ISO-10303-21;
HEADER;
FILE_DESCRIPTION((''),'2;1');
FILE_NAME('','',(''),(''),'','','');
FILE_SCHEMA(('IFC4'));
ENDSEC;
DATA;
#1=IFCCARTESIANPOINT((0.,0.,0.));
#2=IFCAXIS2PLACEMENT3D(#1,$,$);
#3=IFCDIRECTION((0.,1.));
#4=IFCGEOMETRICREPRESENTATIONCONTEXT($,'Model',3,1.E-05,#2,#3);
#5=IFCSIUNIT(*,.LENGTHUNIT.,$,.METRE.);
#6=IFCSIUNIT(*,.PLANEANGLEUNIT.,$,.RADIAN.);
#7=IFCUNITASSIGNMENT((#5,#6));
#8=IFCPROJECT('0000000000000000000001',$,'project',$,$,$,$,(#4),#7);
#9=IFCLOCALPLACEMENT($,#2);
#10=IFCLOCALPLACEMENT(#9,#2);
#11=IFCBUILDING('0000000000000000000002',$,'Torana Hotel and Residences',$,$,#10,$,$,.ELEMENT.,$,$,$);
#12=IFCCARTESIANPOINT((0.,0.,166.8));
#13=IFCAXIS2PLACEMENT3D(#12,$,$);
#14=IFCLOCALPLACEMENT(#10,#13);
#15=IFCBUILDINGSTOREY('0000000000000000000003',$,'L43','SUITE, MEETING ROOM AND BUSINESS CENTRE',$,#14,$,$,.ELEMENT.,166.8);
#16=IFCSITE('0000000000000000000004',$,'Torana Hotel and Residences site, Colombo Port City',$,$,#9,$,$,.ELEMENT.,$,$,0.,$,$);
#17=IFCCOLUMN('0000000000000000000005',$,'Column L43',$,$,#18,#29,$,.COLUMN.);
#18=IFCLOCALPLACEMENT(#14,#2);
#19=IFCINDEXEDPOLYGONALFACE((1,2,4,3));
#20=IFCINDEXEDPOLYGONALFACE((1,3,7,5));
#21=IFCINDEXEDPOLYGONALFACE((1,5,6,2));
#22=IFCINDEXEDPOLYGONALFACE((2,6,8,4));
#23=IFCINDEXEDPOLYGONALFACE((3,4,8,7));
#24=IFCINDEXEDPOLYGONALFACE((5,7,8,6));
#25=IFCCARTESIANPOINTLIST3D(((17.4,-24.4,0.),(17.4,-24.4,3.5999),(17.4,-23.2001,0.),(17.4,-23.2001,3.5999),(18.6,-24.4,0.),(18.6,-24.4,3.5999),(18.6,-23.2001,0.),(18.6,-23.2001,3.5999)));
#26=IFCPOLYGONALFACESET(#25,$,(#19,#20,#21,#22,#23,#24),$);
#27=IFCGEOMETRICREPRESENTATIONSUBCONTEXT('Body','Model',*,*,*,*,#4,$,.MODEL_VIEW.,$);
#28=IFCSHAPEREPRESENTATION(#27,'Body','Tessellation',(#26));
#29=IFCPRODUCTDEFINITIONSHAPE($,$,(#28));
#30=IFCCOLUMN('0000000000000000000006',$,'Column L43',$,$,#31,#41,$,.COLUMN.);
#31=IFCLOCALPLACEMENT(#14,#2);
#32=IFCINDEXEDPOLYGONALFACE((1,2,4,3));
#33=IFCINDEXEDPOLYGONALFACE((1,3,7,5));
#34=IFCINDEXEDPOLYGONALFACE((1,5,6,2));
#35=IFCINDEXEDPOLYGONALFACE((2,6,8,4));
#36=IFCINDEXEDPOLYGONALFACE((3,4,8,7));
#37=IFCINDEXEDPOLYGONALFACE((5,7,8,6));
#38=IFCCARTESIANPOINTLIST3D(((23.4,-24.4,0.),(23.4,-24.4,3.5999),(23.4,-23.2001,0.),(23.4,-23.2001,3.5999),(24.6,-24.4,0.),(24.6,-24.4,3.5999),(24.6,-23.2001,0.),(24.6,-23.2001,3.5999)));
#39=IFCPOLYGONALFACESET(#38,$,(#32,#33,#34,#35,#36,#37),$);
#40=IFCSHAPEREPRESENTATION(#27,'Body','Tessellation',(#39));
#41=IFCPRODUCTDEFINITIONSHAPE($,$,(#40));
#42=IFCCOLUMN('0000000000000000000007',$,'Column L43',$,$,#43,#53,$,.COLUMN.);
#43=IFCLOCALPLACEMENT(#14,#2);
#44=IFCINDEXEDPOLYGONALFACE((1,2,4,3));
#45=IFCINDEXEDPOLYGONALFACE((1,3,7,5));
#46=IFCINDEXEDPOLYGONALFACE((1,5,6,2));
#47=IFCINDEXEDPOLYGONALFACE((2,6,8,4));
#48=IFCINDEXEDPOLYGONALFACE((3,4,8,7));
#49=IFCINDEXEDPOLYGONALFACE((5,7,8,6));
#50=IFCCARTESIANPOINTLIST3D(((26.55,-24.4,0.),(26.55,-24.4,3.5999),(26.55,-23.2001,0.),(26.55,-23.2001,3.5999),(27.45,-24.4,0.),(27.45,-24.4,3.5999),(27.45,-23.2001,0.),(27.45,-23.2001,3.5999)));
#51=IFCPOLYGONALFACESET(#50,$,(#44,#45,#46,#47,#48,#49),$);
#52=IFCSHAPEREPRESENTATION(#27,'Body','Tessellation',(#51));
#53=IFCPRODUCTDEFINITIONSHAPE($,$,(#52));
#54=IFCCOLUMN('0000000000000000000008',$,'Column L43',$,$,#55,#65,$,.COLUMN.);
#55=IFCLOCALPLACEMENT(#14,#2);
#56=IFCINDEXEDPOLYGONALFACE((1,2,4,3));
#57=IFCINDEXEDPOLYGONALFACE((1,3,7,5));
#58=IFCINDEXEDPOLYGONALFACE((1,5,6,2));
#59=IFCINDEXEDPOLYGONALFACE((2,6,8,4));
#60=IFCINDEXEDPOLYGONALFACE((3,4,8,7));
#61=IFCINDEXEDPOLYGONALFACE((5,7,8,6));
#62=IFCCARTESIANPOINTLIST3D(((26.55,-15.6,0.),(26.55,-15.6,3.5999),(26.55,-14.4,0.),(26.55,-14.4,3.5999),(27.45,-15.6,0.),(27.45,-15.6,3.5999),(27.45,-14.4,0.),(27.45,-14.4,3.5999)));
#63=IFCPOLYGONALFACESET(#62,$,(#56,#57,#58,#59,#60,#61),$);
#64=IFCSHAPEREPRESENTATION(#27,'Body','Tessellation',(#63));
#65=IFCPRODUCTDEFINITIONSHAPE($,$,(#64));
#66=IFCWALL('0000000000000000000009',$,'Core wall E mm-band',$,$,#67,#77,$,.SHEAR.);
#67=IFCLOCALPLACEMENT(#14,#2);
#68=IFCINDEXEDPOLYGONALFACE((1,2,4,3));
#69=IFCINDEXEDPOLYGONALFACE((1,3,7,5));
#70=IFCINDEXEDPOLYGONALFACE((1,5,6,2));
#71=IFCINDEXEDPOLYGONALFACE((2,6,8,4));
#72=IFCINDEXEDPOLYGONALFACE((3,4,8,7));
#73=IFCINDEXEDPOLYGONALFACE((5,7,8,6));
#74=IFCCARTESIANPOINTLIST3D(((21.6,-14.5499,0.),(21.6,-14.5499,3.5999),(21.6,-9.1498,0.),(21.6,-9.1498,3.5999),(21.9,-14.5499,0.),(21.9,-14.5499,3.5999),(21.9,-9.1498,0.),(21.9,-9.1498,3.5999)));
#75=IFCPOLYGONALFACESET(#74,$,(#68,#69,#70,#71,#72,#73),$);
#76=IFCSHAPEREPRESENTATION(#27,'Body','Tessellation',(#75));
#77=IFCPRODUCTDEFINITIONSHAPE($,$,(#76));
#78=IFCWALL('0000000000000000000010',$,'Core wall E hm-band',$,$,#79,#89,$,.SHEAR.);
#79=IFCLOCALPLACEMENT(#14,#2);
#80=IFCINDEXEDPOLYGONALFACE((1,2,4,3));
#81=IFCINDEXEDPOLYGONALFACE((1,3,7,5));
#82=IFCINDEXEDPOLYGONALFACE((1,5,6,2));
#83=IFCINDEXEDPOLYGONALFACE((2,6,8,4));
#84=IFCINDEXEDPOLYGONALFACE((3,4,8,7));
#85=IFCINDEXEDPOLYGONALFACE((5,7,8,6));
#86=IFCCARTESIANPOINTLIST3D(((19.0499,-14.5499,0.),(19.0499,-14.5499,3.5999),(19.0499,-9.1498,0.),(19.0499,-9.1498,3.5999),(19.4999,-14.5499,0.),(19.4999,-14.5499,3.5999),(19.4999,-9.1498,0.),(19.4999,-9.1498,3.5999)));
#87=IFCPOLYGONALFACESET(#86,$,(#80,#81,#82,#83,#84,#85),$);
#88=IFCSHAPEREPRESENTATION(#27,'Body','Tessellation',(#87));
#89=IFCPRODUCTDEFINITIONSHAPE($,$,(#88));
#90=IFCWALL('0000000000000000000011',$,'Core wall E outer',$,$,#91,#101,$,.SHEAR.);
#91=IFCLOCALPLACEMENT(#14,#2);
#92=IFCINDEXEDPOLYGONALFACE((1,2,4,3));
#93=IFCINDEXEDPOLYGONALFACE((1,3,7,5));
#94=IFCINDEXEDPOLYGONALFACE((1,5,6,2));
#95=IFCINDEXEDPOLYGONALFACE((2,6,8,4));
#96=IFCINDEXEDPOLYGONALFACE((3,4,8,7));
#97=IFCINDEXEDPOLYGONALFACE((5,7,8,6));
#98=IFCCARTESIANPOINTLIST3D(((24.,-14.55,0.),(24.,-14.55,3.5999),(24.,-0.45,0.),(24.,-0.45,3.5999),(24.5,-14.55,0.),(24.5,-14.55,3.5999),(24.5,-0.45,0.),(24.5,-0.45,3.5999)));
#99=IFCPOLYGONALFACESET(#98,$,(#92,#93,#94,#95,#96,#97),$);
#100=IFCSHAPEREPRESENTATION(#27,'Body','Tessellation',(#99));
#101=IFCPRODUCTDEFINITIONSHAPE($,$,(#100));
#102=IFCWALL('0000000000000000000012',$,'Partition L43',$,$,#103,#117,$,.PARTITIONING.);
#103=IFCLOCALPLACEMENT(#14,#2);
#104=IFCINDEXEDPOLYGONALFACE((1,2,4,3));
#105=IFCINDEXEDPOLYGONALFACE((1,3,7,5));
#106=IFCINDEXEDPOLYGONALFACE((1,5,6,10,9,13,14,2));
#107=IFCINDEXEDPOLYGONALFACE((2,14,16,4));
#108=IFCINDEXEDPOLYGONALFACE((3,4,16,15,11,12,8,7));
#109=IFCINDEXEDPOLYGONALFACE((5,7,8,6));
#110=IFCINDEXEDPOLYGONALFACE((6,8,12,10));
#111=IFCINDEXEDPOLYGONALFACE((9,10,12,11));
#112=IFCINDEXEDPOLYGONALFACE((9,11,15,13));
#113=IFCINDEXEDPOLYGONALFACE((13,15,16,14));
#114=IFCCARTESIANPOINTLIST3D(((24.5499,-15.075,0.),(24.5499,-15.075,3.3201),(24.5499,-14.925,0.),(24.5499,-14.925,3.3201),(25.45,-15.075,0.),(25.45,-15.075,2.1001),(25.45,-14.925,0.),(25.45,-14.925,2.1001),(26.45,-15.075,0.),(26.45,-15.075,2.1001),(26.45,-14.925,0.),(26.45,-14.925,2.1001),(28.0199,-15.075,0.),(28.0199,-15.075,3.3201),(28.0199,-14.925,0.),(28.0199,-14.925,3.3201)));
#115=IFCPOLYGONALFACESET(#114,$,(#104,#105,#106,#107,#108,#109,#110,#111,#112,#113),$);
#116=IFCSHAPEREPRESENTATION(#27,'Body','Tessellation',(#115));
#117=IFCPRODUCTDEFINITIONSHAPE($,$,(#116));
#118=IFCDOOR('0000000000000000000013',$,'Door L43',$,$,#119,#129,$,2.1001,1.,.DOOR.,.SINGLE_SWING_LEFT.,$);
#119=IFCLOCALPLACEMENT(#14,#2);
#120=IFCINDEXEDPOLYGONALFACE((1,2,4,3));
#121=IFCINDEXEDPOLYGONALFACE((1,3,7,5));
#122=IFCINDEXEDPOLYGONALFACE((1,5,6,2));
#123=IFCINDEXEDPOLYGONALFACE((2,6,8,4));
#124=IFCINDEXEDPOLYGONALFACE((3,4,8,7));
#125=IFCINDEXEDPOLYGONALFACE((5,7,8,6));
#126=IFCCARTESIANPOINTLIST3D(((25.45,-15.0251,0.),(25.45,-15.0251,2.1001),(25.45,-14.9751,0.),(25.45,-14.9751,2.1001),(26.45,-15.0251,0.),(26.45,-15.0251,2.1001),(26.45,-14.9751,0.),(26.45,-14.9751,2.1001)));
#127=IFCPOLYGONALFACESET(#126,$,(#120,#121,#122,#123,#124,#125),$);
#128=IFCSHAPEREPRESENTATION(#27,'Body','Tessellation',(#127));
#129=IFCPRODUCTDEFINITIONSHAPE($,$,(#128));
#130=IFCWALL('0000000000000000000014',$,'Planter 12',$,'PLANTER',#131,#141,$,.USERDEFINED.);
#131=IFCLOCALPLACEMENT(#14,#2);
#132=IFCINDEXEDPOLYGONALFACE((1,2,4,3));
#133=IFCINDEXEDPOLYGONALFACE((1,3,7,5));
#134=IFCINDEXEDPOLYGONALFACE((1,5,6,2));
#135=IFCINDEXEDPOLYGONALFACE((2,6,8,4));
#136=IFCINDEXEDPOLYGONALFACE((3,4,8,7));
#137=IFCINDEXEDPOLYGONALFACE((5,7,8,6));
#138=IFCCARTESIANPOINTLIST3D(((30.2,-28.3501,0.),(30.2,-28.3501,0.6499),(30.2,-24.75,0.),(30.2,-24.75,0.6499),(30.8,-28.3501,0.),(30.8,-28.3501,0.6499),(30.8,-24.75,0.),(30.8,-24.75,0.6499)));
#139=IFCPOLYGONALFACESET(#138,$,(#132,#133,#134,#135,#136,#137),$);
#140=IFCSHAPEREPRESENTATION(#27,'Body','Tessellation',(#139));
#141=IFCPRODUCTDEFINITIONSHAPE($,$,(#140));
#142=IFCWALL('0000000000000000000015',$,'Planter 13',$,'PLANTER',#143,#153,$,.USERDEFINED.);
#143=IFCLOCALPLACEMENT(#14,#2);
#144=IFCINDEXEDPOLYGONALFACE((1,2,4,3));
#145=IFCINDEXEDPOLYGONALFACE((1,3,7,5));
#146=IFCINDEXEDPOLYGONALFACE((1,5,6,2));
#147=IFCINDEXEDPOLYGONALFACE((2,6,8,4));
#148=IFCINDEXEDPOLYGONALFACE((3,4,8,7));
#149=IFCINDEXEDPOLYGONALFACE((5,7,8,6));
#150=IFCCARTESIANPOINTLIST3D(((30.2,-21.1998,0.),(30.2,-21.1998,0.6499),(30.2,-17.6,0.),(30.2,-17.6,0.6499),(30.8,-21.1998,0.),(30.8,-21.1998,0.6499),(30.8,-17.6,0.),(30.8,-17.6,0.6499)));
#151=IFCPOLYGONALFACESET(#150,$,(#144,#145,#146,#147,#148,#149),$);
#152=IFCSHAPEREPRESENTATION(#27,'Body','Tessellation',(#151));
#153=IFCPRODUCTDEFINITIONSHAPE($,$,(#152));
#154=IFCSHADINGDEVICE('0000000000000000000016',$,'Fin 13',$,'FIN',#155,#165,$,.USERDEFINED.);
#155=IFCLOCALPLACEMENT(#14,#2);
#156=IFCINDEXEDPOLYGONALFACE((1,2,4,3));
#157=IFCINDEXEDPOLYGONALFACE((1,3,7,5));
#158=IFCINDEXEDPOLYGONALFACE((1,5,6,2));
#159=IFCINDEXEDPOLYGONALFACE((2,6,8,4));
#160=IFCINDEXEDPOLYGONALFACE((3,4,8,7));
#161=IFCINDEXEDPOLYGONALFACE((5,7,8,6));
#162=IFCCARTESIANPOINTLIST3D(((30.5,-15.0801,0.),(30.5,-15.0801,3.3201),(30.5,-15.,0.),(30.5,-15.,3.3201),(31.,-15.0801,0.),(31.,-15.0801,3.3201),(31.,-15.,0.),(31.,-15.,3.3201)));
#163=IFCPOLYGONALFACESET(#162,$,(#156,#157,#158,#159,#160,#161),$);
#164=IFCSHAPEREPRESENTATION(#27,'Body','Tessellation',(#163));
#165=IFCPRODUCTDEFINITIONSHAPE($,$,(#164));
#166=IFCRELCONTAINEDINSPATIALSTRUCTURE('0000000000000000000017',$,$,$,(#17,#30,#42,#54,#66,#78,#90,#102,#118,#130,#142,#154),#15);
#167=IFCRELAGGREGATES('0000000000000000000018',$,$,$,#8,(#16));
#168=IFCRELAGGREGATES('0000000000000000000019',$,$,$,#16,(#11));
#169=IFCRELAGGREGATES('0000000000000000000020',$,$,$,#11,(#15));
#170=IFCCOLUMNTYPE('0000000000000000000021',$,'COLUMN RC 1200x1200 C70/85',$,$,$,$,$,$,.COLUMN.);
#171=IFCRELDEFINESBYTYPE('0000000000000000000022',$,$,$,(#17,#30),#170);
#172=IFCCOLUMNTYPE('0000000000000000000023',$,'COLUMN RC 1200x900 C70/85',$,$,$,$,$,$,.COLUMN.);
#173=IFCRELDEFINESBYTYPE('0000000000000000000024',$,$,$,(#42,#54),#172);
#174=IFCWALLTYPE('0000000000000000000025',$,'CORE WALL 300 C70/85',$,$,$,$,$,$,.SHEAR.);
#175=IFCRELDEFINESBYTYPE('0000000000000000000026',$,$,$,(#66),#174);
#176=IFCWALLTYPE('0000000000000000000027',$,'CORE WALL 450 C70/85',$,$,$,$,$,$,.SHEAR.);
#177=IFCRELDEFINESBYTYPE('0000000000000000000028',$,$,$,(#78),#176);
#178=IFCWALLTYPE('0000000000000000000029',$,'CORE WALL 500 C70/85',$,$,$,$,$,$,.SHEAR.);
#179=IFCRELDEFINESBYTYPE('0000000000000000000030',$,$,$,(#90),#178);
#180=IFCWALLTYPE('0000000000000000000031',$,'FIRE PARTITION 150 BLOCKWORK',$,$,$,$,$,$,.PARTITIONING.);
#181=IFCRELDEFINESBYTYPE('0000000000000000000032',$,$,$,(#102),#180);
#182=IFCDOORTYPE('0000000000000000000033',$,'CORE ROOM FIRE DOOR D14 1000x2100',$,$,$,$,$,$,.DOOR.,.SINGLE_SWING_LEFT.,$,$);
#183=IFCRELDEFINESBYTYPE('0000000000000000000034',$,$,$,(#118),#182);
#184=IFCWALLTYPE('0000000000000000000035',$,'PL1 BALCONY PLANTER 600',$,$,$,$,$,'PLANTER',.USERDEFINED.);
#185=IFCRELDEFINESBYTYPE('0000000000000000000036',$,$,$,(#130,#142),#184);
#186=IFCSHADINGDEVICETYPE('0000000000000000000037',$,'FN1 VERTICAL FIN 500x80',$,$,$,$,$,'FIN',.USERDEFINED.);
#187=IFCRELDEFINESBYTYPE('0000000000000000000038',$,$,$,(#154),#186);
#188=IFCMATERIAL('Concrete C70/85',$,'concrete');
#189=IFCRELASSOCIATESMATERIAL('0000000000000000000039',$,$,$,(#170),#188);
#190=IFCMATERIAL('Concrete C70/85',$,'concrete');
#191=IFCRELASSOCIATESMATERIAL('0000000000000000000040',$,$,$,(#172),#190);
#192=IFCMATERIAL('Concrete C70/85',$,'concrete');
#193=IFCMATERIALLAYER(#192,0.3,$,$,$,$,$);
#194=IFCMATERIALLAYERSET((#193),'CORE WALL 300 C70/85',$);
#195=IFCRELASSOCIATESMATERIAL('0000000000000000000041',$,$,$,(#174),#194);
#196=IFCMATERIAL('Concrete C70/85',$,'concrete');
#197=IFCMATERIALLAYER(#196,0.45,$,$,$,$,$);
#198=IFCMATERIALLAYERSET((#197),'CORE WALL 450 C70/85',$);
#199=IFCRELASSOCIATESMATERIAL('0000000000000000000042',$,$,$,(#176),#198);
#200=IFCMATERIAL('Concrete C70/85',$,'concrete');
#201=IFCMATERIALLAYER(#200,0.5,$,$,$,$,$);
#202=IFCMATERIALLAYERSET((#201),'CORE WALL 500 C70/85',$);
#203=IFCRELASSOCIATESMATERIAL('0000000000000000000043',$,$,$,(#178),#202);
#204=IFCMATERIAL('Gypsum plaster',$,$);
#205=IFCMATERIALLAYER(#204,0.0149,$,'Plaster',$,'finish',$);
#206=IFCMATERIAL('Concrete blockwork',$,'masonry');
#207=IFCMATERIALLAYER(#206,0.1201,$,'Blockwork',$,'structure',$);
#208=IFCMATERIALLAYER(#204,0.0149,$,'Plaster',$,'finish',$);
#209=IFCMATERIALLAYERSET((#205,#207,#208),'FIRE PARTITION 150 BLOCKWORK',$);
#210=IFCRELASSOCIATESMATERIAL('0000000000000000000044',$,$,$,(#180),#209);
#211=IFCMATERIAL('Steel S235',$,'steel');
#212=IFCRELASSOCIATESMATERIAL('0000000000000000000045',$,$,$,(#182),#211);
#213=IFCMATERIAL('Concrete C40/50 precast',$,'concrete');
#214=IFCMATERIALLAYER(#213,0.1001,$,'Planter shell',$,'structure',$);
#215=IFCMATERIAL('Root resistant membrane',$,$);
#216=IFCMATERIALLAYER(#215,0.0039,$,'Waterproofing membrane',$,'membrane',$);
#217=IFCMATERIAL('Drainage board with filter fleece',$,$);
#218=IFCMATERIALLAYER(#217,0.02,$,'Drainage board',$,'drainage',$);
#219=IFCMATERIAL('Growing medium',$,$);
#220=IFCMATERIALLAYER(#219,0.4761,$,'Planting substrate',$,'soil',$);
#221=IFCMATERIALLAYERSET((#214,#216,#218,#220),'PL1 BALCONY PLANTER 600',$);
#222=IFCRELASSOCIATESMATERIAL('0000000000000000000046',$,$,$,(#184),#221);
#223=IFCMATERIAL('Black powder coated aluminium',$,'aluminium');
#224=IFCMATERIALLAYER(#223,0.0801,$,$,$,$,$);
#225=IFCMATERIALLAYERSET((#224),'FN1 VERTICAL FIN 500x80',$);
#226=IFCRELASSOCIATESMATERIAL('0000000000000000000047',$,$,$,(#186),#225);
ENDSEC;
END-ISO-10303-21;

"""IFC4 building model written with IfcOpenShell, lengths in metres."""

from ifc_helpers import new_model, si_unit, direction, frame, frame_2d, origin, origin_2d, place, context, subcontext, project, spatial, rectangle, extrude, material, layer, layer_set, material_profile, profile_set, type_object, element, fill, save


model = new_model("IFC4")

# Units and contexts
model_context = context("Model", 3, precision=1e-05, world=origin(), true_north=direction((0.0, 1.0)))
body_context = subcontext(model_context, "Body", "Model", "MODEL_VIEW")
ifc_project = project(units=[si_unit("LENGTHUNIT", "METRE"), si_unit("PLANEANGLEUNIT", "RADIAN")], contexts=[model_context])

# Site, building, storey
site_placement = place(None, origin())
site = spatial("IfcSite", under=ifc_project, at=site_placement, Name="Torana Hotel and Residences site, Colombo Port City", CompositionType="ELEMENT", RefElevation=0.0)
building_placement = place(site_placement, origin())
building = spatial("IfcBuilding", under=site, at=building_placement, Name="Torana Hotel and Residences", CompositionType="ELEMENT")
storey_placement = place(building_placement, frame((0.0, 0.0, 166.8)))
storey = spatial("IfcBuildingStorey", under=building, at=storey_placement, Name="L43", Description="SUITE, MEETING ROOM AND BUSINESS CENTRE", CompositionType="ELEMENT", Elevation=166.8)

# Columns
ifc_material_1 = material(Name="Concrete C70/85", Category="concrete")
ifc_material_profile_1 = material_profile(ifc_material_1, rectangle(XDim=1.2, YDim=1.2, at=origin_2d()), Name="RC 1200x1200")
ifc_profile_set_1 = profile_set([ifc_material_profile_1], Name="Concrete C70/85")
column_type_1 = type_object("IfcColumnType", Name="COLUMN RC 1200x1200 C70/85", PredefinedType="COLUMN", material=ifc_profile_set_1)
for number, where, z_axis, x_axis, name in (
    (1, (18.0, -23.8, 0.0), (0.0, 0.0, 1.0), (1.0, 0.0, 0.0), "Column L43"),
    (2, (24.0, -23.8, 0.0), (0.0, 0.0, 1.0), (1.0, 0.0, 0.0), "Column L43"),
):
    element("IfcColumn", number, at=place(storey_placement, frame(where, z_axis=z_axis, x_axis=x_axis)), inside=storey, type_object=column_type_1, Name=name, PredefinedType="COLUMN", context=body_context, shape_type="SweptSolid", body=[
        extrude(rectangle(XDim=1.2, YDim=1.2, at=origin_2d()), origin(), (0.0, 0.0, 1.0), 3.5999),
    ])
ifc_material_2 = material(Name="Concrete C70/85", Category="concrete")
ifc_material_profile_2 = material_profile(ifc_material_2, rectangle(XDim=1.2, YDim=0.8999, at=origin_2d()), Name="RC 1200x900")
ifc_profile_set_2 = profile_set([ifc_material_profile_2], Name="Concrete C70/85")
column_type_2 = type_object("IfcColumnType", Name="COLUMN RC 1200x900 C70/85", PredefinedType="COLUMN", material=ifc_profile_set_2)
for number, where, z_axis, x_axis, name in (
    (3, (27.0, -23.8, 0.0), (0.0, 0.0, 1.0), (0.0, 1.0, 0.0), "Column L43"),
    (4, (27.0, -15.0, 0.0), (0.0, 0.0, 1.0), (0.0, 1.0, 0.0), "Column L43"),
):
    element("IfcColumn", number, at=place(storey_placement, frame(where, z_axis=z_axis, x_axis=x_axis)), inside=storey, type_object=column_type_2, Name=name, PredefinedType="COLUMN", context=body_context, shape_type="SweptSolid", body=[
        extrude(rectangle(XDim=1.2, YDim=0.8999, at=origin_2d()), origin(), (0.0, 0.0, 1.0), 3.5999),
    ])

# Walls
ifc_material_3 = material(Name="Concrete C70/85", Category="concrete")
ifc_layer_1 = layer(ifc_material_3, 0.3)
ifc_layer_set_1 = layer_set([ifc_layer_1], Name="CORE WALL 300 C70/85")
wall_type_1 = type_object("IfcWallType", Name="CORE WALL 300 C70/85", PredefinedType="SHEAR", material=ifc_layer_set_1)
wall_1_placement = place(storey_placement, frame((21.75, -14.55, 0.0), z_axis=(0.0, 0.0, 1.0), x_axis=(0.0, 1.0, 0.0)))
element("IfcWall", 5, at=wall_1_placement, inside=storey, type_object=wall_type_1, Name="Core wall E mm-band", PredefinedType="SHEAR", context=body_context, shape_type="SweptSolid", body=[
    extrude(rectangle(XDim=5.4001, YDim=0.3, at=frame_2d((2.7002, 0.0))), origin(), (0.0, 0.0, 1.0), 3.5999),
])
ifc_material_4 = material(Name="Concrete C70/85", Category="concrete")
ifc_layer_2 = layer(ifc_material_4, 0.45)
ifc_layer_set_2 = layer_set([ifc_layer_2], Name="CORE WALL 450 C70/85")
wall_type_2 = type_object("IfcWallType", Name="CORE WALL 450 C70/85", PredefinedType="SHEAR", material=ifc_layer_set_2)
wall_2_placement = place(storey_placement, frame((19.2749, -14.55, 0.0), z_axis=(0.0, 0.0, 1.0), x_axis=(0.0, 1.0, 0.0)))
element("IfcWall", 6, at=wall_2_placement, inside=storey, type_object=wall_type_2, Name="Core wall E hm-band", PredefinedType="SHEAR", context=body_context, shape_type="SweptSolid", body=[
    extrude(rectangle(XDim=5.4001, YDim=0.45, at=frame_2d((2.7002, 0.0))), origin(), (0.0, 0.0, 1.0), 3.5999),
])
ifc_material_5 = material(Name="Concrete C70/85", Category="concrete")
ifc_layer_3 = layer(ifc_material_5, 0.5)
ifc_layer_set_3 = layer_set([ifc_layer_3], Name="CORE WALL 500 C70/85")
wall_type_3 = type_object("IfcWallType", Name="CORE WALL 500 C70/85", PredefinedType="SHEAR", material=ifc_layer_set_3)
wall_3_placement = place(storey_placement, frame((24.25, -14.55, 0.0), z_axis=(0.0, 0.0, 1.0), x_axis=(0.0, 1.0, 0.0)))
element("IfcWall", 7, at=wall_3_placement, inside=storey, type_object=wall_type_3, Name="Core wall E outer", PredefinedType="SHEAR", context=body_context, shape_type="SweptSolid", body=[
    extrude(rectangle(XDim=14.1001, YDim=0.5, at=frame_2d((7.05, 0.0))), origin(), (0.0, 0.0, 1.0), 3.5999),
])

# Wall, opening, door
ifc_material_6 = material(Name="Gypsum plaster")
ifc_layer_4 = layer(ifc_material_6, 0.0149, Name="Plaster", Category="finish")
ifc_material_7 = material(Name="Concrete blockwork", Category="masonry")
ifc_layer_5 = layer(ifc_material_7, 0.1201, Name="Blockwork", Category="structure")
ifc_layer_6 = layer(ifc_material_6, 0.0149, Name="Plaster", Category="finish")
ifc_layer_set_4 = layer_set([ifc_layer_4, ifc_layer_5, ifc_layer_6], Name="FIRE PARTITION 150 BLOCKWORK")
wall_type_4 = type_object("IfcWallType", Name="FIRE PARTITION 150 BLOCKWORK", PredefinedType="PARTITIONING", material=ifc_layer_set_4)
wall_4_placement = place(storey_placement, frame((24.55, -15.0, 0.0), z_axis=(0.0, 0.0, 1.0), x_axis=(1.0, 0.0, 0.0)))
wall_4 = element("IfcWall", 8, at=wall_4_placement, inside=storey, type_object=wall_type_4, Name="Partition L43", PredefinedType="PARTITIONING", context=body_context, shape_type="SweptSolid", body=[
    extrude(rectangle(XDim=3.47, YDim=0.1499, at=frame_2d((1.7349, 0.0))), origin(), (0.0, 0.0, 1.0), 3.3201),
])
opening_placement = place(wall_4_placement, frame((0.8999, 0.0, 0.0)))
opening = element("IfcOpeningElement", 9, at=opening_placement, cuts=wall_4, PredefinedType="OPENING", context=body_context, shape_type="SweptSolid", body=[
    extrude(rectangle(XDim=1.0, YDim=2.1001, at=frame_2d((0.5, 1.05))), frame((0.0, 0.085, 0.0), z_axis=(0.0, -1.0, 0.0), x_axis=(1.0, 0.0, 0.0)), (0.0, 0.0, 1.0), 0.1699),
])
ifc_material_8 = material(Name="Steel S235", Category="steel")
door_type = type_object("IfcDoorType", Name="CORE ROOM FIRE DOOR D14 1000x2100", OperationType="SINGLE_SWING_LEFT", PredefinedType="DOOR", material=ifc_material_8)
door_placement = place(opening_placement, origin())
door = element("IfcDoor", 10, at=door_placement, inside=storey, type_object=door_type, Name="Door L43", OperationType="SINGLE_SWING_LEFT", OverallHeight=2.1001, OverallWidth=1.0, PredefinedType="DOOR", context=body_context, shape_type="SweptSolid", body=[
    extrude(rectangle(XDim=1.0, YDim=2.1001, at=frame_2d((0.5, 1.05))), frame((0.0, 0.0249, 0.0), z_axis=(0.0, -1.0, 0.0), x_axis=(1.0, 0.0, 0.0)), (0.0, 0.0, 1.0), 0.05),
])
fill(opening, door)

# Walls
ifc_material_9 = material(Name="Concrete C40/50 precast", Category="concrete")
ifc_layer_7 = layer(ifc_material_9, 0.1001, Name="Planter shell", Category="structure")
ifc_material_10 = material(Name="Root resistant membrane")
ifc_layer_8 = layer(ifc_material_10, 0.0039, Name="Waterproofing membrane", Category="membrane")
ifc_material_11 = material(Name="Drainage board with filter fleece")
ifc_layer_9 = layer(ifc_material_11, 0.02, Name="Drainage board", Category="drainage")
ifc_material_12 = material(Name="Growing medium")
ifc_layer_10 = layer(ifc_material_12, 0.4761, Name="Planting substrate", Category="soil")
ifc_layer_set_5 = layer_set([ifc_layer_7, ifc_layer_8, ifc_layer_9, ifc_layer_10], Name="PL1 BALCONY PLANTER 600")
wall_type_5 = type_object("IfcWallType", Name="PL1 BALCONY PLANTER 600", ElementType="PLANTER", PredefinedType="USERDEFINED", material=ifc_layer_set_5)
wall_5_placement = place(storey_placement, frame((30.5, -24.75, 0.0), z_axis=(0.0, 0.0, 1.0), x_axis=(0.0, -1.0, 0.0)))
element("IfcWall", 11, at=wall_5_placement, inside=storey, type_object=wall_type_5, Name="Planter 12", ObjectType="PLANTER", PredefinedType="USERDEFINED", context=body_context, shape_type="SweptSolid", body=[
    extrude(rectangle(XDim=3.6001, YDim=0.6001, at=frame_2d((1.8, 0.0))), origin(), (0.0, 0.0, 1.0), 0.6499),
])
wall_6_placement = place(storey_placement, frame((30.5, -17.6001, 0.0), z_axis=(0.0, 0.0, 1.0), x_axis=(0.0, -1.0, 0.0)))
element("IfcWall", 12, at=wall_6_placement, inside=storey, type_object=wall_type_5, Name="Planter 13", ObjectType="PLANTER", PredefinedType="USERDEFINED", context=body_context, shape_type="SweptSolid", body=[
    extrude(rectangle(XDim=3.5999, YDim=0.6001, at=frame_2d((1.7998, 0.0))), origin(), (0.0, 0.0, 1.0), 0.6499),
])

# Shading device
ifc_material_13 = material(Name="Black powder coated aluminium", Category="aluminium")
ifc_layer_11 = layer(ifc_material_13, 0.0801)
ifc_layer_set_6 = layer_set([ifc_layer_11], Name="FN1 VERTICAL FIN 500x80")
shading_device_type = type_object("IfcShadingDeviceType", Name="FN1 VERTICAL FIN 500x80", ElementType="FIN", PredefinedType="USERDEFINED", material=ifc_layer_set_6)
shading_device_placement = place(storey_placement, frame((30.75, -15.04, 0.0), z_axis=(0.0, 0.0, 1.0), x_axis=(0.0, -1.0, 0.0)))
element("IfcShadingDevice", 13, at=shading_device_placement, inside=storey, type_object=shading_device_type, Name="Fin 13", ObjectType="FIN", PredefinedType="USERDEFINED", context=body_context, shape_type="SweptSolid", body=[
    extrude(rectangle(XDim=0.0801, YDim=0.5, at=origin_2d()), origin(), (0.0, 0.0, 1.0), 3.3201),
])

save(model, "model.ifc")
